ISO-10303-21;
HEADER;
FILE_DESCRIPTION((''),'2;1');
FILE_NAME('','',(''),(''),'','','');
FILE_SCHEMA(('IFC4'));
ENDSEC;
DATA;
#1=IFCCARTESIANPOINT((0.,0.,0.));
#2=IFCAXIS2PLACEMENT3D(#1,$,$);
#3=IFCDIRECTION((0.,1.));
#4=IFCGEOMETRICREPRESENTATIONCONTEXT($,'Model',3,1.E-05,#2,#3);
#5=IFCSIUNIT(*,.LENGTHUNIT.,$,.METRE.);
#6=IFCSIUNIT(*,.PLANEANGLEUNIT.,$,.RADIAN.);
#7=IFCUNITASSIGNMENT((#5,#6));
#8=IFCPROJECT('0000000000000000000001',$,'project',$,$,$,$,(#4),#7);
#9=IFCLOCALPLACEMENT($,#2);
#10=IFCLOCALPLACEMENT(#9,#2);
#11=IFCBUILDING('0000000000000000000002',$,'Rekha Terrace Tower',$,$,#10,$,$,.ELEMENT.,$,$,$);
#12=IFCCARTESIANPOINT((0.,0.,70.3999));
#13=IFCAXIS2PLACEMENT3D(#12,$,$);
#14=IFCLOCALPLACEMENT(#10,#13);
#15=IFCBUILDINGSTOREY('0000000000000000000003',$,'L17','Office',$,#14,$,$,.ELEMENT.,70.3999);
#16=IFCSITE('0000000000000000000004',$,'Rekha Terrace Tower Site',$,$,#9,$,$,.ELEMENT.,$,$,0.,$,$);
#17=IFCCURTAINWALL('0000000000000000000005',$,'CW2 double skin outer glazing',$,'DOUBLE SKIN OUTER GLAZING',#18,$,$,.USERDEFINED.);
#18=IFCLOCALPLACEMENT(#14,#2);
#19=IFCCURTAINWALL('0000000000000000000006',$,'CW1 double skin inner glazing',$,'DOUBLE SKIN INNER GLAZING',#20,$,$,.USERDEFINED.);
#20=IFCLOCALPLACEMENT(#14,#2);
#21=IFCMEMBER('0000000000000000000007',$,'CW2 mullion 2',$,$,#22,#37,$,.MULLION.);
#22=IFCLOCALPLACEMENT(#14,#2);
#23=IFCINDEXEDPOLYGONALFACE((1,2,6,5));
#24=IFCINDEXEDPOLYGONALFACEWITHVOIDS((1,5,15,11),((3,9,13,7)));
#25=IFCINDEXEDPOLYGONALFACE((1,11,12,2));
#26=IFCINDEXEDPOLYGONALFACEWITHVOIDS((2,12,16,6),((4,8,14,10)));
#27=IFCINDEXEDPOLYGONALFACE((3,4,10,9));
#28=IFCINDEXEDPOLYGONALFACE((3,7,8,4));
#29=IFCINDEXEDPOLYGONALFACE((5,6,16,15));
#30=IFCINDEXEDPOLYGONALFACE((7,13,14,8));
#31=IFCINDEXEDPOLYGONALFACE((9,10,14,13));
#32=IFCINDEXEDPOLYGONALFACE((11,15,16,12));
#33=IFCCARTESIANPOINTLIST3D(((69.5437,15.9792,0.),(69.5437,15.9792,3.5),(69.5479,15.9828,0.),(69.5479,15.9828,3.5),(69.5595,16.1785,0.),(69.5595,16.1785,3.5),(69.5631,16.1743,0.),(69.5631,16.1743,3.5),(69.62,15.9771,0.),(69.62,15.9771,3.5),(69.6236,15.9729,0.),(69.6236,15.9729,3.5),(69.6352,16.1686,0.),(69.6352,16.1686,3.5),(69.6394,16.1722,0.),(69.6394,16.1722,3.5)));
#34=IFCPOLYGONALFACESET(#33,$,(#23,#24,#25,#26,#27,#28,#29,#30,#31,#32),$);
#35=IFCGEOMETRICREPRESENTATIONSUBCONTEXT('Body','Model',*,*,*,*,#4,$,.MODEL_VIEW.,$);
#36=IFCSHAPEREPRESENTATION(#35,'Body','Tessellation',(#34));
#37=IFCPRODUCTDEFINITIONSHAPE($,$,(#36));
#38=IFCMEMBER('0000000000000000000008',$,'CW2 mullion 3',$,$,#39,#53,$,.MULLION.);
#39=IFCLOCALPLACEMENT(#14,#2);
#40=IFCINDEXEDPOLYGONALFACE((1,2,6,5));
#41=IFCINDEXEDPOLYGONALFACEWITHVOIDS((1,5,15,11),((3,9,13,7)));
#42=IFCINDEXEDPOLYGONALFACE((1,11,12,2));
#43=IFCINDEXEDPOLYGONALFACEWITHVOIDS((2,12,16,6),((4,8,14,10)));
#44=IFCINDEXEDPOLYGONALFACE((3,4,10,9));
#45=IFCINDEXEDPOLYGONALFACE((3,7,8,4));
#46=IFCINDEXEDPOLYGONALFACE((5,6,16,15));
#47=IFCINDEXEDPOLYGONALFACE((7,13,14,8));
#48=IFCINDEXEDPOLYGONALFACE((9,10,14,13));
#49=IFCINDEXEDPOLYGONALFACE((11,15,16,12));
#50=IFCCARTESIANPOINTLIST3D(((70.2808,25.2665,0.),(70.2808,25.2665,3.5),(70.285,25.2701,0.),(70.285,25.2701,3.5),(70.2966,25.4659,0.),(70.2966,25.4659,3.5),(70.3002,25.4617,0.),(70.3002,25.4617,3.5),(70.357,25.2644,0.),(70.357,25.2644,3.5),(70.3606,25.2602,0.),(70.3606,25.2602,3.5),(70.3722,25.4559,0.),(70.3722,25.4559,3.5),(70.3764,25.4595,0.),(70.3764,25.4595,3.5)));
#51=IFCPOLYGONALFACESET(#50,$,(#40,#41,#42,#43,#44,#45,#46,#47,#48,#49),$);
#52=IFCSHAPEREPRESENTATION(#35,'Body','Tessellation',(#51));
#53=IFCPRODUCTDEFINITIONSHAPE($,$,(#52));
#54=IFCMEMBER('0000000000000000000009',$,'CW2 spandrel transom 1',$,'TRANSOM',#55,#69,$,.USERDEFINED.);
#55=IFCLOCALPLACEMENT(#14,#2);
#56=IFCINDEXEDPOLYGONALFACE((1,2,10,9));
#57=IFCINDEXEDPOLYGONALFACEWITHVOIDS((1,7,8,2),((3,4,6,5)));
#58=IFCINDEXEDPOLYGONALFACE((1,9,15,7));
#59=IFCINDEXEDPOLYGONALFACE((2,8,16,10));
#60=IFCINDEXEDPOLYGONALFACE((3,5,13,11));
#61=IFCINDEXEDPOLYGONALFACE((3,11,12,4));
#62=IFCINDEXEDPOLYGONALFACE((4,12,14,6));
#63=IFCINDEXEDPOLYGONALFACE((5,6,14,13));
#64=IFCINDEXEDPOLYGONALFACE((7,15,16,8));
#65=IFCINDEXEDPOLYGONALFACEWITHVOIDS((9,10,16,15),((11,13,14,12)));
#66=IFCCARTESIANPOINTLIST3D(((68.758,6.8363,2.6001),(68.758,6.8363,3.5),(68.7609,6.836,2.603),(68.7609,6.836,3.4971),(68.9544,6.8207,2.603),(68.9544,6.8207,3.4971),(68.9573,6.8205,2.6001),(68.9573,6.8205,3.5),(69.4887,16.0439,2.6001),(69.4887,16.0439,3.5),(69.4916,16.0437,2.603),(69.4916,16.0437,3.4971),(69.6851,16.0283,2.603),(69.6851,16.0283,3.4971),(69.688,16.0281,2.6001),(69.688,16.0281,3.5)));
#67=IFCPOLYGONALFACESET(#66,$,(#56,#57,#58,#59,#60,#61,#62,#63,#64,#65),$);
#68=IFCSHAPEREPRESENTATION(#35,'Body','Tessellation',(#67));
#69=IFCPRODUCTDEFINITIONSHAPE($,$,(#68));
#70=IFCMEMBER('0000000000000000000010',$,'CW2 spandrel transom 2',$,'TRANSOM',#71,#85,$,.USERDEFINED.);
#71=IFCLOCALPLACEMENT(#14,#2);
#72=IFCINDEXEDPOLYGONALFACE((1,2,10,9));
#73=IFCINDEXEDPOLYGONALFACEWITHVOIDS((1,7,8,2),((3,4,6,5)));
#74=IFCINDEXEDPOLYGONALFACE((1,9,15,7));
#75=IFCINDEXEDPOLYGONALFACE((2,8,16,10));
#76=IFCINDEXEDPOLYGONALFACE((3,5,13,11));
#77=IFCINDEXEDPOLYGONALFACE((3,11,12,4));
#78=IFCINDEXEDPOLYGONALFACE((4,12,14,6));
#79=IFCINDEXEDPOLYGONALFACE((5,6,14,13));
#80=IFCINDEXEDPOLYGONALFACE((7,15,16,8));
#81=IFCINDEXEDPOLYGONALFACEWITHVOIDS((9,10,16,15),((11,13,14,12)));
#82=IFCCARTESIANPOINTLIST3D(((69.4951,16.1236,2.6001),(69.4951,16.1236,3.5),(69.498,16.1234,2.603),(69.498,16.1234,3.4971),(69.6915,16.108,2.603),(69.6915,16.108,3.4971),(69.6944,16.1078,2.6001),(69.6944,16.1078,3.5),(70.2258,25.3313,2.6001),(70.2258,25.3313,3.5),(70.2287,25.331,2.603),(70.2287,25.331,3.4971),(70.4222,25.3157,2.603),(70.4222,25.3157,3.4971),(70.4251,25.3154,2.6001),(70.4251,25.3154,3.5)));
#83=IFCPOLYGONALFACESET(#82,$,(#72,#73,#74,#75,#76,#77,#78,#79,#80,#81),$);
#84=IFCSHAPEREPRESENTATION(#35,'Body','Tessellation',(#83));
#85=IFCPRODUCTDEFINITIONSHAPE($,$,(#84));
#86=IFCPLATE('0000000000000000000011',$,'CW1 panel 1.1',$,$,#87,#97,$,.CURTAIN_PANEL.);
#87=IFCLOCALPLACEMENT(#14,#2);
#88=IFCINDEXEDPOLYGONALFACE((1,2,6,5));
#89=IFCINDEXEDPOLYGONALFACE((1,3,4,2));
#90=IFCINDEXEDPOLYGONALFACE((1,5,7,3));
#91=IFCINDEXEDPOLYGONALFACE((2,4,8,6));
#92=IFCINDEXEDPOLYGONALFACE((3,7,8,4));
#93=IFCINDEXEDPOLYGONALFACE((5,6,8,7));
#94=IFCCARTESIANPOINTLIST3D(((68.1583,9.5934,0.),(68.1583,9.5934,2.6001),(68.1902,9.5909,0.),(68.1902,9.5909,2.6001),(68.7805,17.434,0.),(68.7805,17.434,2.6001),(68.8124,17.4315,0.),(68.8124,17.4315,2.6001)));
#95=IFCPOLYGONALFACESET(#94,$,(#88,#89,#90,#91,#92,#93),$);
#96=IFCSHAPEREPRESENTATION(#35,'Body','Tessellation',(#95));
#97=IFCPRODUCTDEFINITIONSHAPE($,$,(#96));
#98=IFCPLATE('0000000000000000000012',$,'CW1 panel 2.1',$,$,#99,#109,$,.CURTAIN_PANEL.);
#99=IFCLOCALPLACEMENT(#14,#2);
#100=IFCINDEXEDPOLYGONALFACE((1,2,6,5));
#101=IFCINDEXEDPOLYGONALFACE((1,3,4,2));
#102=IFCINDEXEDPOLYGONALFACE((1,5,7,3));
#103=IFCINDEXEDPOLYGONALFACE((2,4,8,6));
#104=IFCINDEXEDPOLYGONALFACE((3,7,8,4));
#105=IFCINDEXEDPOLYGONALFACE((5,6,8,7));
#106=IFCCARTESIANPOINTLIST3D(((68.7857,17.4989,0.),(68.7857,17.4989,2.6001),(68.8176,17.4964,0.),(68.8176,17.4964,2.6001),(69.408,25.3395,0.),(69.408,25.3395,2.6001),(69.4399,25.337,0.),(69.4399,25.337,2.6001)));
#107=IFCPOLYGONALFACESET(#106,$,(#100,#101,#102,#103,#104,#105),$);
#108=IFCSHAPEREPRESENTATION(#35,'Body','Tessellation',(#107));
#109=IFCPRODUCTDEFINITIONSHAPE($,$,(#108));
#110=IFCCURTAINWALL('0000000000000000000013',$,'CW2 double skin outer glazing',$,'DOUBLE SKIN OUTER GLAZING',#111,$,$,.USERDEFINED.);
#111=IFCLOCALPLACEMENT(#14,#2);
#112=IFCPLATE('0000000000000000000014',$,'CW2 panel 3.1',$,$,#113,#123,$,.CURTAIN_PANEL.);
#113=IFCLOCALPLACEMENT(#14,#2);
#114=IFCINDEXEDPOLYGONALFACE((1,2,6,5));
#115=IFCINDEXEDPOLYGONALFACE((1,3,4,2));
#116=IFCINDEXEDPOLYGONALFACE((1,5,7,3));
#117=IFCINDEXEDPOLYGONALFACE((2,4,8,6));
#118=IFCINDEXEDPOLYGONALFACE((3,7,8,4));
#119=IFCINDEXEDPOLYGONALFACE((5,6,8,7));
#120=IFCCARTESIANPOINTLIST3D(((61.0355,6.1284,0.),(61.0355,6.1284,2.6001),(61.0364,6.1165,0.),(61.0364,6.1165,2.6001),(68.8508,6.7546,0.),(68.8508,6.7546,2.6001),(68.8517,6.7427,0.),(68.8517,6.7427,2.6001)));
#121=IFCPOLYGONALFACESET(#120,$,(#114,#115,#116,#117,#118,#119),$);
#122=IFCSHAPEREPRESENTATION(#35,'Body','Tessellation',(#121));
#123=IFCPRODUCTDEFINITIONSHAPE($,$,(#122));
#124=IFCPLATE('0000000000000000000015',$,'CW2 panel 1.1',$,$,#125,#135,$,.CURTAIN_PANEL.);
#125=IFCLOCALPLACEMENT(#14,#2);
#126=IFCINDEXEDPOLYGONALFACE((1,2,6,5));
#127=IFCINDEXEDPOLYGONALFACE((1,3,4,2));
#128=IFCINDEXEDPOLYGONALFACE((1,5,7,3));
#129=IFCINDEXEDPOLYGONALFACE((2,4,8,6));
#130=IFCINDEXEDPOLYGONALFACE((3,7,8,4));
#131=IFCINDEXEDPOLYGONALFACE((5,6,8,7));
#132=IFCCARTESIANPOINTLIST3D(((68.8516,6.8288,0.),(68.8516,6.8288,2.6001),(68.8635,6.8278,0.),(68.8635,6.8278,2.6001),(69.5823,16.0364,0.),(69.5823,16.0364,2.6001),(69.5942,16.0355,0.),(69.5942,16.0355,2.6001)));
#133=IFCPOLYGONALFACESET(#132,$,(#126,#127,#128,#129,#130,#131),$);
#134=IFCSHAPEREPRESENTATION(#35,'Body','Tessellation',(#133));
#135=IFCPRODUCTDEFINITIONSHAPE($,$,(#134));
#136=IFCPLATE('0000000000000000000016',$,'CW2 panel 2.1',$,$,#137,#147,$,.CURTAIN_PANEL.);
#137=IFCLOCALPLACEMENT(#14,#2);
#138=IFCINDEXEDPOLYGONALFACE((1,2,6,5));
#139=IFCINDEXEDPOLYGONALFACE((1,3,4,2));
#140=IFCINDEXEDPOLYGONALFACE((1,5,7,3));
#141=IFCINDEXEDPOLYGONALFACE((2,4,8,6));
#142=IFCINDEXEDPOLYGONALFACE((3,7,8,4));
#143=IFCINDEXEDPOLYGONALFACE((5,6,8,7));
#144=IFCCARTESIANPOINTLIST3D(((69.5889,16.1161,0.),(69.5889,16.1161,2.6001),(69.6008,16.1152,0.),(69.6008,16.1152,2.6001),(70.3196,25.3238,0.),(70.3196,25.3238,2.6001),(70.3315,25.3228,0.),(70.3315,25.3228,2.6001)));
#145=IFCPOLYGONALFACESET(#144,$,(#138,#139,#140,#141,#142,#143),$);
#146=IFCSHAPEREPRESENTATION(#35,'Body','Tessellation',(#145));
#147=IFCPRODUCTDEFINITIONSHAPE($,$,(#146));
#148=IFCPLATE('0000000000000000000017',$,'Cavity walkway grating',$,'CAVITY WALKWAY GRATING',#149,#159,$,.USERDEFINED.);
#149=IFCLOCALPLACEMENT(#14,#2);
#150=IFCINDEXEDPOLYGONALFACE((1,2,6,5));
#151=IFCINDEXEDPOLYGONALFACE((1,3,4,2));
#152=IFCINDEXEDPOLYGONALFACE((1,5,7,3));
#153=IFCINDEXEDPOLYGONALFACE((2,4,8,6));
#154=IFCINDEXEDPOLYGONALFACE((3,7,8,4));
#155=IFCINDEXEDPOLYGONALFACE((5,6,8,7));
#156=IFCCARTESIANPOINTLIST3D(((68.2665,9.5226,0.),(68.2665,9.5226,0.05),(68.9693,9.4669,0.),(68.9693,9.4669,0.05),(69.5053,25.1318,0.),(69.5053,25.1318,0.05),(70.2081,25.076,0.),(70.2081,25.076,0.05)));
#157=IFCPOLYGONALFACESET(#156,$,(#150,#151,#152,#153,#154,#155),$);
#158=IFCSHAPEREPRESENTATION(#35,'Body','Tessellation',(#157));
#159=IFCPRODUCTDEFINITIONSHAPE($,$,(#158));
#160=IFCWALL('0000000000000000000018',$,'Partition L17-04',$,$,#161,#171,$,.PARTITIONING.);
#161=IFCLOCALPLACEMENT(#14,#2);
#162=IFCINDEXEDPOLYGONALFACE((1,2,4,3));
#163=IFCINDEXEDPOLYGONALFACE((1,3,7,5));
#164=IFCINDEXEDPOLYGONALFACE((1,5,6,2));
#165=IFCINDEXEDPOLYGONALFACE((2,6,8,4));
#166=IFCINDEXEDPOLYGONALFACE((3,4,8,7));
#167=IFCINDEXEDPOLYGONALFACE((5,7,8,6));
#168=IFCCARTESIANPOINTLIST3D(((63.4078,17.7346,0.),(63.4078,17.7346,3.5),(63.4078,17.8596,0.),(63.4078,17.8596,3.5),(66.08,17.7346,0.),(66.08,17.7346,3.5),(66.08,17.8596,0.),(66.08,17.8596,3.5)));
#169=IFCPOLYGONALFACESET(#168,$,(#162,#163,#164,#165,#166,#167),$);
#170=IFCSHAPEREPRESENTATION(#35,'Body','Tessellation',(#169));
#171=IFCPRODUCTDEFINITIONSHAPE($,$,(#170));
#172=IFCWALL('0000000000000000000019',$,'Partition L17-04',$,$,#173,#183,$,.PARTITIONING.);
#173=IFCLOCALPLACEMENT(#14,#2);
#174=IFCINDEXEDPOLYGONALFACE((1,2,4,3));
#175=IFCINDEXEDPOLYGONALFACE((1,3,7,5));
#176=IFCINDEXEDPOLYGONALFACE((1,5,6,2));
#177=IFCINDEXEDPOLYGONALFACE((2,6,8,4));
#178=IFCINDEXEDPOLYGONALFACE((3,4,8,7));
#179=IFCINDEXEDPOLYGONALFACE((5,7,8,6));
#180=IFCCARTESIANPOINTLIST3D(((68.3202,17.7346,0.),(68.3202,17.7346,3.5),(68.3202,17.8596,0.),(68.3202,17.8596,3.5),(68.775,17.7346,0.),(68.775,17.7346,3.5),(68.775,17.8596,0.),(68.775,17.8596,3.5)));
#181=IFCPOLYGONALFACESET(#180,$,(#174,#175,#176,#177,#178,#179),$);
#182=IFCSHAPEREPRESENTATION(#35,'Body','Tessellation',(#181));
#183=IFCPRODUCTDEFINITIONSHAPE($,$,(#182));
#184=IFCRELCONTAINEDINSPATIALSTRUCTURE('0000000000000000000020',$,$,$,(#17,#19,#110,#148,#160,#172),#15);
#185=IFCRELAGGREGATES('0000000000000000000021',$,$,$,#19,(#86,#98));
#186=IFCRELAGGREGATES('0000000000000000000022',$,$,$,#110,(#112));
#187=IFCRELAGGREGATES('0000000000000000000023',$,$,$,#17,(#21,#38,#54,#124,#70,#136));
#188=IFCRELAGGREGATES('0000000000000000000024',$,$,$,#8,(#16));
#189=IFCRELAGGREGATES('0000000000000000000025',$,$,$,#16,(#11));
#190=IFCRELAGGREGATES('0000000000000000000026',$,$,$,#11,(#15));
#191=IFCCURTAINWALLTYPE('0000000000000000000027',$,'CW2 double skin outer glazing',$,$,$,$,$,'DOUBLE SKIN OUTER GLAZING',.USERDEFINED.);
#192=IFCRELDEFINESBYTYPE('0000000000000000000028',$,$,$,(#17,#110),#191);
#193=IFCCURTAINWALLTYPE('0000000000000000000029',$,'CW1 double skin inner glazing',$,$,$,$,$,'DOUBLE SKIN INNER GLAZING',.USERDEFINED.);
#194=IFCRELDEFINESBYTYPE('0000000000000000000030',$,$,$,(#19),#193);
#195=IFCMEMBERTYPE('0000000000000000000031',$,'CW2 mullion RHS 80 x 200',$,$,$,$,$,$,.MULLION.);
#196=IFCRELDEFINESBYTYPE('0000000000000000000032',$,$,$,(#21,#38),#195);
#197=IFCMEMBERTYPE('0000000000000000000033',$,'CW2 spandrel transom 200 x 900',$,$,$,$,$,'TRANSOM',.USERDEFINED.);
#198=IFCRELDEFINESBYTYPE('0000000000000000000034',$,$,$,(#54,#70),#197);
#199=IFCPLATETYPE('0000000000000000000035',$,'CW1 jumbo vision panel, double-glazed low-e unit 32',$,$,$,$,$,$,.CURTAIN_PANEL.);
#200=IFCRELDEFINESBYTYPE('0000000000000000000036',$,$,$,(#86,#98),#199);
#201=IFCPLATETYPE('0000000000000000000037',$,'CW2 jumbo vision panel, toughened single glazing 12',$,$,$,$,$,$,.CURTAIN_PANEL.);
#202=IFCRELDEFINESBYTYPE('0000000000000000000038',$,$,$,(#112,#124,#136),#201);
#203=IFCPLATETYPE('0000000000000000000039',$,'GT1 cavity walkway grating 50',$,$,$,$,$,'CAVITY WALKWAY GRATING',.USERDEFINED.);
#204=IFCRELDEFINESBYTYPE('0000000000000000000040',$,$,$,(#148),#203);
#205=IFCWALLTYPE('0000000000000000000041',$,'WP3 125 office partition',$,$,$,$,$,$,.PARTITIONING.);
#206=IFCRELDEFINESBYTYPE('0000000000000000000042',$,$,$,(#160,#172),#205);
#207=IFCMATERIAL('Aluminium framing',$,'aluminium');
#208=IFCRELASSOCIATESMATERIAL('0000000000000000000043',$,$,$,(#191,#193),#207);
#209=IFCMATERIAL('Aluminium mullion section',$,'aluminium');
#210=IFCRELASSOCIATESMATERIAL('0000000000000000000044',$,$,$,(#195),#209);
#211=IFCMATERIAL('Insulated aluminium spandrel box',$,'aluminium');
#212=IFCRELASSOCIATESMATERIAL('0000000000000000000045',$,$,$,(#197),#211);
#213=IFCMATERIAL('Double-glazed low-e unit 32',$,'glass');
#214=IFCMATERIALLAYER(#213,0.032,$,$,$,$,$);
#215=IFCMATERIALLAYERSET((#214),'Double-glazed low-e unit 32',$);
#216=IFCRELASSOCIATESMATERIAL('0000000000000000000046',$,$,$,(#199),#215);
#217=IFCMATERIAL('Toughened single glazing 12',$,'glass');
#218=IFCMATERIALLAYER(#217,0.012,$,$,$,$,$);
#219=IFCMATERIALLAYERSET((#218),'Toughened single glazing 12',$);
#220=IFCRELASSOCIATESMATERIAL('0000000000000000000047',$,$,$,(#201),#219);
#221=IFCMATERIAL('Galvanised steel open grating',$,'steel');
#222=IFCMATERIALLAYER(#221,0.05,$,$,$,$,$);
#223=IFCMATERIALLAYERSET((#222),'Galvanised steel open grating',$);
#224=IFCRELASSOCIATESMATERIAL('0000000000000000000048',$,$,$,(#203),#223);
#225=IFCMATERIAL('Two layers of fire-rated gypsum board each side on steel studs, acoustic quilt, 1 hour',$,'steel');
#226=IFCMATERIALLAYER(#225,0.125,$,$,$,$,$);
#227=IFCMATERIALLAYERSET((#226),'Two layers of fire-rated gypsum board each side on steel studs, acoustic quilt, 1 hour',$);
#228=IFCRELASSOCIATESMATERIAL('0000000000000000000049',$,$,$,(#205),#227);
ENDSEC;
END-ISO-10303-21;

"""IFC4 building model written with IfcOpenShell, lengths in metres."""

from ifc_helpers import new_model, si_unit, direction, frame, frame_2d, origin, origin_2d, place, context, subcontext, project, spatial, rectangle, hollow_rectangle, extrude, material, layer, layer_set, material_profile, profile_set, type_object, element, aggregate, save


model = new_model("IFC4")

# Units and contexts
model_context = context("Model", 3, precision=1e-05, world=origin(), true_north=direction((0.0, 1.0)))
body_context = subcontext(model_context, "Body", "Model", "MODEL_VIEW")
ifc_project = project(units=[si_unit("LENGTHUNIT", "METRE"), si_unit("PLANEANGLEUNIT", "RADIAN")], contexts=[model_context])

# Site, building, storey
site_placement = place(None, origin())
site = spatial("IfcSite", under=ifc_project, at=site_placement, Name="Rekha Terrace Tower Site", CompositionType="ELEMENT", RefElevation=0.0)
building_placement = place(site_placement, origin())
building = spatial("IfcBuilding", under=site, at=building_placement, Name="Rekha Terrace Tower", CompositionType="ELEMENT")
storey_placement = place(building_placement, frame((0.0, 0.0, 70.3999)))
storey = spatial("IfcBuildingStorey", under=building, at=storey_placement, Name="L17", Description="Office", CompositionType="ELEMENT", Elevation=70.3999)

# Curtain wall
ifc_material_1 = material(Name="Aluminium framing", Category="aluminium")
curtain_wall_type_1 = type_object("IfcCurtainWallType", Name="CW2 double skin outer glazing", ElementType="DOUBLE SKIN OUTER GLAZING", PredefinedType="USERDEFINED", material=ifc_material_1)
curtain_wall_1_placement = place(storey_placement, origin())
curtain_wall_1 = element("IfcCurtainWall", 1, at=curtain_wall_1_placement, inside=storey, type_object=curtain_wall_type_1, Name="CW2 double skin outer glazing", ObjectType="DOUBLE SKIN OUTER GLAZING", PredefinedType="USERDEFINED")
curtain_wall_type_2 = type_object("IfcCurtainWallType", Name="CW1 double skin inner glazing", ElementType="DOUBLE SKIN INNER GLAZING", PredefinedType="USERDEFINED", material=ifc_material_1)
ifc_material_2 = material(Name="Aluminium mullion section", Category="aluminium")

# Curtain wall
curtain_wall_2_placement = place(storey_placement, origin())
curtain_wall_2 = element("IfcCurtainWall", 2, at=curtain_wall_2_placement, inside=storey, type_object=curtain_wall_type_2, Name="CW1 double skin inner glazing", ObjectType="DOUBLE SKIN INNER GLAZING", PredefinedType="USERDEFINED")
ifc_material_3 = material(Name="Insulated aluminium spandrel box", Category="aluminium")

# Members
ifc_material_profile_1 = material_profile(ifc_material_2, hollow_rectangle(XDim=0.0801, YDim=0.2, WallThickness=0.0039, at=origin_2d()), Name="AL RHS 80x200")
ifc_profile_set_1 = profile_set([ifc_material_profile_1], Name="Aluminium mullion section")
member_type_1 = type_object("IfcMemberType", Name="CW2 mullion RHS 80 x 200", PredefinedType="MULLION", material=ifc_profile_set_1)
member_1_placement = place(storey_placement, frame((69.5916, 16.0757, 0.0), z_axis=(0.0, 0.0, 1.0), x_axis=(-0.996865, 0.079116, 0.0)))
member_1 = element("IfcMember", 3, at=member_1_placement, type_object=member_type_1, Name="CW2 mullion 2", PredefinedType="MULLION", context=body_context, shape_type="SweptSolid", body=[
    extrude(hollow_rectangle(XDim=0.0801, YDim=0.2, WallThickness=0.0039, at=origin_2d()), origin(), (0.0, 0.0, 1.0), 3.5),
])
member_2_placement = place(storey_placement, frame((70.3286, 25.363, 0.0), z_axis=(0.0, 0.0, 1.0), x_axis=(-0.996865, 0.079116, 0.0)))
member_2 = element("IfcMember", 4, at=member_2_placement, type_object=member_type_1, Name="CW2 mullion 3", PredefinedType="MULLION", context=body_context, shape_type="SweptSolid", body=[
    extrude(hollow_rectangle(XDim=0.0801, YDim=0.2, WallThickness=0.0039, at=origin_2d()), origin(), (0.0, 0.0, 1.0), 3.5),
])
ifc_material_profile_2 = material_profile(ifc_material_3, hollow_rectangle(XDim=0.2, YDim=0.8999, WallThickness=0.0029, at=origin_2d()), Name="AL SPANDREL BOX 200x900")
ifc_profile_set_2 = profile_set([ifc_material_profile_2], Name="Insulated aluminium spandrel box")
member_type_2 = type_object("IfcMemberType", Name="CW2 spandrel transom 200 x 900", ElementType="TRANSOM", PredefinedType="USERDEFINED", material=ifc_profile_set_2)
member_3_placement = place(storey_placement, frame((68.8577, 6.8284, 3.05), z_axis=(0.079112, 0.996866, 0.0), x_axis=(-0.996866, 0.079112, 0.0)))
member_3 = element("IfcMember", 5, at=member_3_placement, type_object=member_type_2, Name="CW2 spandrel transom 1", ObjectType="TRANSOM", PredefinedType="USERDEFINED", context=body_context, shape_type="SweptSolid", body=[
    extrude(hollow_rectangle(XDim=0.2, YDim=0.8999, WallThickness=0.0029, at=origin_2d()), origin(), (0.0, 0.0, 1.0), 9.2366),
])
member_4_placement = place(storey_placement, frame((69.5947, 16.1157, 3.05), z_axis=(0.079112, 0.996866, 0.0), x_axis=(-0.996866, 0.079112, 0.0)))
member_4 = element("IfcMember", 6, at=member_4_placement, type_object=member_type_2, Name="CW2 spandrel transom 2", ObjectType="TRANSOM", PredefinedType="USERDEFINED", context=body_context, shape_type="SweptSolid", body=[
    extrude(hollow_rectangle(XDim=0.2, YDim=0.8999, WallThickness=0.0029, at=origin_2d()), origin(), (0.0, 0.0, 1.0), 9.2366),
])

# Plates
ifc_material_4 = material(Name="Double-glazed low-e unit 32", Category="glass")
ifc_layer_1 = layer(ifc_material_4, 0.032)
ifc_layer_set_1 = layer_set([ifc_layer_1], Name="Double-glazed low-e unit 32")
plate_type_1 = type_object("IfcPlateType", Name="CW1 jumbo vision panel, double-glazed low-e unit 32", PredefinedType="CURTAIN_PANEL", material=ifc_layer_set_1)
plate_1_placement = place(storey_placement, frame((68.4854, 13.5125, 0.0), z_axis=(0.0, 0.0, 1.0), x_axis=(0.079116, 0.996865, 0.0)))
plate_1 = element("IfcPlate", 7, at=plate_1_placement, type_object=plate_type_1, Name="CW1 panel 1.1", PredefinedType="CURTAIN_PANEL", context=body_context, shape_type="SweptSolid", body=[
    extrude(rectangle(XDim=7.8652, YDim=0.032, at=origin_2d()), origin(), (0.0, 0.0, 1.0), 2.6001),
])
plate_2_placement = place(storey_placement, frame((69.1128, 21.418, 0.0), z_axis=(0.0, 0.0, 1.0), x_axis=(0.079116, 0.996865, 0.0)))
plate_2 = element("IfcPlate", 8, at=plate_2_placement, type_object=plate_type_1, Name="CW1 panel 2.1", PredefinedType="CURTAIN_PANEL", context=body_context, shape_type="SweptSolid", body=[
    extrude(rectangle(XDim=7.8652, YDim=0.032, at=origin_2d()), origin(), (0.0, 0.0, 1.0), 2.6001),
])
aggregate(curtain_wall_2, [plate_1, plate_2])

# Curtain wall, plate
curtain_wall_3_placement = place(storey_placement, origin())
curtain_wall_3 = element("IfcCurtainWall", 9, at=curtain_wall_3_placement, inside=storey, type_object=curtain_wall_type_1, Name="CW2 double skin outer glazing", ObjectType="DOUBLE SKIN OUTER GLAZING", PredefinedType="USERDEFINED")
ifc_material_5 = material(Name="Toughened single glazing 12", Category="glass")
ifc_layer_2 = layer(ifc_material_5, 0.012)
ifc_layer_set_2 = layer_set([ifc_layer_2], Name="Toughened single glazing 12")
plate_type_2 = type_object("IfcPlateType", Name="CW2 jumbo vision panel, toughened single glazing 12", PredefinedType="CURTAIN_PANEL", material=ifc_layer_set_2)
plate_3_placement = place(storey_placement, frame((64.9436, 6.4355, 0.0), z_axis=(0.0, 0.0, 1.0), x_axis=(0.996805, 0.079872, 0.0)))
plate_3 = element("IfcPlate", 10, at=plate_3_placement, type_object=plate_type_2, Name="CW2 panel 3.1", PredefinedType="CURTAIN_PANEL", context=body_context, shape_type="SweptSolid", body=[
    extrude(rectangle(XDim=7.8403, YDim=0.012, at=origin_2d()), origin(), (0.0, 0.0, 1.0), 2.6001),
])
aggregate(curtain_wall_3, [plate_3])

# Plates
plate_4_placement = place(storey_placement, frame((69.2229, 11.4321, 0.0), z_axis=(0.0, 0.0, 1.0), x_axis=(0.079116, 0.996865, 0.0)))
plate_4 = element("IfcPlate", 11, at=plate_4_placement, type_object=plate_type_2, Name="CW2 panel 1.1", PredefinedType="CURTAIN_PANEL", context=body_context, shape_type="SweptSolid", body=[
    extrude(rectangle(XDim=9.2366, YDim=0.012, at=origin_2d()), origin(), (0.0, 0.0, 1.0), 2.6001),
])
plate_5_placement = place(storey_placement, frame((69.9602, 20.7195, 0.0), z_axis=(0.0, 0.0, 1.0), x_axis=(0.079116, 0.996865, 0.0)))
plate_5 = element("IfcPlate", 12, at=plate_5_placement, type_object=plate_type_2, Name="CW2 panel 2.1", PredefinedType="CURTAIN_PANEL", context=body_context, shape_type="SweptSolid", body=[
    extrude(rectangle(XDim=9.2366, YDim=0.012, at=origin_2d()), origin(), (0.0, 0.0, 1.0), 2.6001),
])
aggregate(curtain_wall_1, [member_1, member_2, member_3, plate_4, member_4, plate_5])
ifc_material_6 = material(Name="Galvanised steel open grating", Category="steel")
ifc_layer_3 = layer(ifc_material_6, 0.05)
ifc_layer_set_3 = layer_set([ifc_layer_3], Name="Galvanised steel open grating")
plate_type_3 = type_object("IfcPlateType", Name="GT1 cavity walkway grating 50", ElementType="CAVITY WALKWAY GRATING", PredefinedType="USERDEFINED", material=ifc_layer_set_3)
plate_6_placement = place(storey_placement, frame((69.2373, 17.2993, 0.0), z_axis=(0.0, 0.0, 1.0), x_axis=(0.079116, 0.996865, 0.0)))
element("IfcPlate", 13, at=plate_6_placement, inside=storey, type_object=plate_type_3, Name="Cavity walkway grating", ObjectType="CAVITY WALKWAY GRATING", PredefinedType="USERDEFINED", context=body_context, shape_type="SweptSolid", body=[
    extrude(rectangle(XDim=15.6582, YDim=0.7051, at=origin_2d()), origin(), (0.0, 0.0, 1.0), 0.05),
])

# Walls
ifc_material_7 = material(Name="Two layers of fire-rated gypsum board each side on steel studs, acoustic quilt, 1 hour", Category="steel")
ifc_layer_4 = layer(ifc_material_7, 0.125)
ifc_layer_set_4 = layer_set([ifc_layer_4], Name="Two layers of fire-rated gypsum board each side on steel studs, acoustic quilt, 1 hour")
wall_type_1 = type_object("IfcWallType", Name="WP3 125 office partition", PredefinedType="PARTITIONING", material=ifc_layer_set_4)
wall_1_placement = place(storey_placement, frame((63.408, 17.7971, 0.0), z_axis=(0.0, 0.0, 1.0), x_axis=(1.0, 0.0, 0.0)))
element("IfcWall", 14, at=wall_1_placement, inside=storey, type_object=wall_type_1, Name="Partition L17-04", PredefinedType="PARTITIONING", context=body_context, shape_type="SweptSolid", body=[
    extrude(rectangle(XDim=2.6721, YDim=0.125, at=frame_2d((1.3359, 0.0))), origin(), (0.0, 0.0, 1.0), 3.5),
])
wall_2_placement = place(storey_placement, frame((68.3201, 17.7971, 0.0), z_axis=(0.0, 0.0, 1.0), x_axis=(1.0, 0.0, 0.0)))
element("IfcWall", 15, at=wall_2_placement, inside=storey, type_object=wall_type_1, Name="Partition L17-04", PredefinedType="PARTITIONING", context=body_context, shape_type="SweptSolid", body=[
    extrude(rectangle(XDim=0.4548, YDim=0.125, at=frame_2d((0.2275, 0.0))), origin(), (0.0, 0.0, 1.0), 3.5),
])

save(model, "model.ifc")
